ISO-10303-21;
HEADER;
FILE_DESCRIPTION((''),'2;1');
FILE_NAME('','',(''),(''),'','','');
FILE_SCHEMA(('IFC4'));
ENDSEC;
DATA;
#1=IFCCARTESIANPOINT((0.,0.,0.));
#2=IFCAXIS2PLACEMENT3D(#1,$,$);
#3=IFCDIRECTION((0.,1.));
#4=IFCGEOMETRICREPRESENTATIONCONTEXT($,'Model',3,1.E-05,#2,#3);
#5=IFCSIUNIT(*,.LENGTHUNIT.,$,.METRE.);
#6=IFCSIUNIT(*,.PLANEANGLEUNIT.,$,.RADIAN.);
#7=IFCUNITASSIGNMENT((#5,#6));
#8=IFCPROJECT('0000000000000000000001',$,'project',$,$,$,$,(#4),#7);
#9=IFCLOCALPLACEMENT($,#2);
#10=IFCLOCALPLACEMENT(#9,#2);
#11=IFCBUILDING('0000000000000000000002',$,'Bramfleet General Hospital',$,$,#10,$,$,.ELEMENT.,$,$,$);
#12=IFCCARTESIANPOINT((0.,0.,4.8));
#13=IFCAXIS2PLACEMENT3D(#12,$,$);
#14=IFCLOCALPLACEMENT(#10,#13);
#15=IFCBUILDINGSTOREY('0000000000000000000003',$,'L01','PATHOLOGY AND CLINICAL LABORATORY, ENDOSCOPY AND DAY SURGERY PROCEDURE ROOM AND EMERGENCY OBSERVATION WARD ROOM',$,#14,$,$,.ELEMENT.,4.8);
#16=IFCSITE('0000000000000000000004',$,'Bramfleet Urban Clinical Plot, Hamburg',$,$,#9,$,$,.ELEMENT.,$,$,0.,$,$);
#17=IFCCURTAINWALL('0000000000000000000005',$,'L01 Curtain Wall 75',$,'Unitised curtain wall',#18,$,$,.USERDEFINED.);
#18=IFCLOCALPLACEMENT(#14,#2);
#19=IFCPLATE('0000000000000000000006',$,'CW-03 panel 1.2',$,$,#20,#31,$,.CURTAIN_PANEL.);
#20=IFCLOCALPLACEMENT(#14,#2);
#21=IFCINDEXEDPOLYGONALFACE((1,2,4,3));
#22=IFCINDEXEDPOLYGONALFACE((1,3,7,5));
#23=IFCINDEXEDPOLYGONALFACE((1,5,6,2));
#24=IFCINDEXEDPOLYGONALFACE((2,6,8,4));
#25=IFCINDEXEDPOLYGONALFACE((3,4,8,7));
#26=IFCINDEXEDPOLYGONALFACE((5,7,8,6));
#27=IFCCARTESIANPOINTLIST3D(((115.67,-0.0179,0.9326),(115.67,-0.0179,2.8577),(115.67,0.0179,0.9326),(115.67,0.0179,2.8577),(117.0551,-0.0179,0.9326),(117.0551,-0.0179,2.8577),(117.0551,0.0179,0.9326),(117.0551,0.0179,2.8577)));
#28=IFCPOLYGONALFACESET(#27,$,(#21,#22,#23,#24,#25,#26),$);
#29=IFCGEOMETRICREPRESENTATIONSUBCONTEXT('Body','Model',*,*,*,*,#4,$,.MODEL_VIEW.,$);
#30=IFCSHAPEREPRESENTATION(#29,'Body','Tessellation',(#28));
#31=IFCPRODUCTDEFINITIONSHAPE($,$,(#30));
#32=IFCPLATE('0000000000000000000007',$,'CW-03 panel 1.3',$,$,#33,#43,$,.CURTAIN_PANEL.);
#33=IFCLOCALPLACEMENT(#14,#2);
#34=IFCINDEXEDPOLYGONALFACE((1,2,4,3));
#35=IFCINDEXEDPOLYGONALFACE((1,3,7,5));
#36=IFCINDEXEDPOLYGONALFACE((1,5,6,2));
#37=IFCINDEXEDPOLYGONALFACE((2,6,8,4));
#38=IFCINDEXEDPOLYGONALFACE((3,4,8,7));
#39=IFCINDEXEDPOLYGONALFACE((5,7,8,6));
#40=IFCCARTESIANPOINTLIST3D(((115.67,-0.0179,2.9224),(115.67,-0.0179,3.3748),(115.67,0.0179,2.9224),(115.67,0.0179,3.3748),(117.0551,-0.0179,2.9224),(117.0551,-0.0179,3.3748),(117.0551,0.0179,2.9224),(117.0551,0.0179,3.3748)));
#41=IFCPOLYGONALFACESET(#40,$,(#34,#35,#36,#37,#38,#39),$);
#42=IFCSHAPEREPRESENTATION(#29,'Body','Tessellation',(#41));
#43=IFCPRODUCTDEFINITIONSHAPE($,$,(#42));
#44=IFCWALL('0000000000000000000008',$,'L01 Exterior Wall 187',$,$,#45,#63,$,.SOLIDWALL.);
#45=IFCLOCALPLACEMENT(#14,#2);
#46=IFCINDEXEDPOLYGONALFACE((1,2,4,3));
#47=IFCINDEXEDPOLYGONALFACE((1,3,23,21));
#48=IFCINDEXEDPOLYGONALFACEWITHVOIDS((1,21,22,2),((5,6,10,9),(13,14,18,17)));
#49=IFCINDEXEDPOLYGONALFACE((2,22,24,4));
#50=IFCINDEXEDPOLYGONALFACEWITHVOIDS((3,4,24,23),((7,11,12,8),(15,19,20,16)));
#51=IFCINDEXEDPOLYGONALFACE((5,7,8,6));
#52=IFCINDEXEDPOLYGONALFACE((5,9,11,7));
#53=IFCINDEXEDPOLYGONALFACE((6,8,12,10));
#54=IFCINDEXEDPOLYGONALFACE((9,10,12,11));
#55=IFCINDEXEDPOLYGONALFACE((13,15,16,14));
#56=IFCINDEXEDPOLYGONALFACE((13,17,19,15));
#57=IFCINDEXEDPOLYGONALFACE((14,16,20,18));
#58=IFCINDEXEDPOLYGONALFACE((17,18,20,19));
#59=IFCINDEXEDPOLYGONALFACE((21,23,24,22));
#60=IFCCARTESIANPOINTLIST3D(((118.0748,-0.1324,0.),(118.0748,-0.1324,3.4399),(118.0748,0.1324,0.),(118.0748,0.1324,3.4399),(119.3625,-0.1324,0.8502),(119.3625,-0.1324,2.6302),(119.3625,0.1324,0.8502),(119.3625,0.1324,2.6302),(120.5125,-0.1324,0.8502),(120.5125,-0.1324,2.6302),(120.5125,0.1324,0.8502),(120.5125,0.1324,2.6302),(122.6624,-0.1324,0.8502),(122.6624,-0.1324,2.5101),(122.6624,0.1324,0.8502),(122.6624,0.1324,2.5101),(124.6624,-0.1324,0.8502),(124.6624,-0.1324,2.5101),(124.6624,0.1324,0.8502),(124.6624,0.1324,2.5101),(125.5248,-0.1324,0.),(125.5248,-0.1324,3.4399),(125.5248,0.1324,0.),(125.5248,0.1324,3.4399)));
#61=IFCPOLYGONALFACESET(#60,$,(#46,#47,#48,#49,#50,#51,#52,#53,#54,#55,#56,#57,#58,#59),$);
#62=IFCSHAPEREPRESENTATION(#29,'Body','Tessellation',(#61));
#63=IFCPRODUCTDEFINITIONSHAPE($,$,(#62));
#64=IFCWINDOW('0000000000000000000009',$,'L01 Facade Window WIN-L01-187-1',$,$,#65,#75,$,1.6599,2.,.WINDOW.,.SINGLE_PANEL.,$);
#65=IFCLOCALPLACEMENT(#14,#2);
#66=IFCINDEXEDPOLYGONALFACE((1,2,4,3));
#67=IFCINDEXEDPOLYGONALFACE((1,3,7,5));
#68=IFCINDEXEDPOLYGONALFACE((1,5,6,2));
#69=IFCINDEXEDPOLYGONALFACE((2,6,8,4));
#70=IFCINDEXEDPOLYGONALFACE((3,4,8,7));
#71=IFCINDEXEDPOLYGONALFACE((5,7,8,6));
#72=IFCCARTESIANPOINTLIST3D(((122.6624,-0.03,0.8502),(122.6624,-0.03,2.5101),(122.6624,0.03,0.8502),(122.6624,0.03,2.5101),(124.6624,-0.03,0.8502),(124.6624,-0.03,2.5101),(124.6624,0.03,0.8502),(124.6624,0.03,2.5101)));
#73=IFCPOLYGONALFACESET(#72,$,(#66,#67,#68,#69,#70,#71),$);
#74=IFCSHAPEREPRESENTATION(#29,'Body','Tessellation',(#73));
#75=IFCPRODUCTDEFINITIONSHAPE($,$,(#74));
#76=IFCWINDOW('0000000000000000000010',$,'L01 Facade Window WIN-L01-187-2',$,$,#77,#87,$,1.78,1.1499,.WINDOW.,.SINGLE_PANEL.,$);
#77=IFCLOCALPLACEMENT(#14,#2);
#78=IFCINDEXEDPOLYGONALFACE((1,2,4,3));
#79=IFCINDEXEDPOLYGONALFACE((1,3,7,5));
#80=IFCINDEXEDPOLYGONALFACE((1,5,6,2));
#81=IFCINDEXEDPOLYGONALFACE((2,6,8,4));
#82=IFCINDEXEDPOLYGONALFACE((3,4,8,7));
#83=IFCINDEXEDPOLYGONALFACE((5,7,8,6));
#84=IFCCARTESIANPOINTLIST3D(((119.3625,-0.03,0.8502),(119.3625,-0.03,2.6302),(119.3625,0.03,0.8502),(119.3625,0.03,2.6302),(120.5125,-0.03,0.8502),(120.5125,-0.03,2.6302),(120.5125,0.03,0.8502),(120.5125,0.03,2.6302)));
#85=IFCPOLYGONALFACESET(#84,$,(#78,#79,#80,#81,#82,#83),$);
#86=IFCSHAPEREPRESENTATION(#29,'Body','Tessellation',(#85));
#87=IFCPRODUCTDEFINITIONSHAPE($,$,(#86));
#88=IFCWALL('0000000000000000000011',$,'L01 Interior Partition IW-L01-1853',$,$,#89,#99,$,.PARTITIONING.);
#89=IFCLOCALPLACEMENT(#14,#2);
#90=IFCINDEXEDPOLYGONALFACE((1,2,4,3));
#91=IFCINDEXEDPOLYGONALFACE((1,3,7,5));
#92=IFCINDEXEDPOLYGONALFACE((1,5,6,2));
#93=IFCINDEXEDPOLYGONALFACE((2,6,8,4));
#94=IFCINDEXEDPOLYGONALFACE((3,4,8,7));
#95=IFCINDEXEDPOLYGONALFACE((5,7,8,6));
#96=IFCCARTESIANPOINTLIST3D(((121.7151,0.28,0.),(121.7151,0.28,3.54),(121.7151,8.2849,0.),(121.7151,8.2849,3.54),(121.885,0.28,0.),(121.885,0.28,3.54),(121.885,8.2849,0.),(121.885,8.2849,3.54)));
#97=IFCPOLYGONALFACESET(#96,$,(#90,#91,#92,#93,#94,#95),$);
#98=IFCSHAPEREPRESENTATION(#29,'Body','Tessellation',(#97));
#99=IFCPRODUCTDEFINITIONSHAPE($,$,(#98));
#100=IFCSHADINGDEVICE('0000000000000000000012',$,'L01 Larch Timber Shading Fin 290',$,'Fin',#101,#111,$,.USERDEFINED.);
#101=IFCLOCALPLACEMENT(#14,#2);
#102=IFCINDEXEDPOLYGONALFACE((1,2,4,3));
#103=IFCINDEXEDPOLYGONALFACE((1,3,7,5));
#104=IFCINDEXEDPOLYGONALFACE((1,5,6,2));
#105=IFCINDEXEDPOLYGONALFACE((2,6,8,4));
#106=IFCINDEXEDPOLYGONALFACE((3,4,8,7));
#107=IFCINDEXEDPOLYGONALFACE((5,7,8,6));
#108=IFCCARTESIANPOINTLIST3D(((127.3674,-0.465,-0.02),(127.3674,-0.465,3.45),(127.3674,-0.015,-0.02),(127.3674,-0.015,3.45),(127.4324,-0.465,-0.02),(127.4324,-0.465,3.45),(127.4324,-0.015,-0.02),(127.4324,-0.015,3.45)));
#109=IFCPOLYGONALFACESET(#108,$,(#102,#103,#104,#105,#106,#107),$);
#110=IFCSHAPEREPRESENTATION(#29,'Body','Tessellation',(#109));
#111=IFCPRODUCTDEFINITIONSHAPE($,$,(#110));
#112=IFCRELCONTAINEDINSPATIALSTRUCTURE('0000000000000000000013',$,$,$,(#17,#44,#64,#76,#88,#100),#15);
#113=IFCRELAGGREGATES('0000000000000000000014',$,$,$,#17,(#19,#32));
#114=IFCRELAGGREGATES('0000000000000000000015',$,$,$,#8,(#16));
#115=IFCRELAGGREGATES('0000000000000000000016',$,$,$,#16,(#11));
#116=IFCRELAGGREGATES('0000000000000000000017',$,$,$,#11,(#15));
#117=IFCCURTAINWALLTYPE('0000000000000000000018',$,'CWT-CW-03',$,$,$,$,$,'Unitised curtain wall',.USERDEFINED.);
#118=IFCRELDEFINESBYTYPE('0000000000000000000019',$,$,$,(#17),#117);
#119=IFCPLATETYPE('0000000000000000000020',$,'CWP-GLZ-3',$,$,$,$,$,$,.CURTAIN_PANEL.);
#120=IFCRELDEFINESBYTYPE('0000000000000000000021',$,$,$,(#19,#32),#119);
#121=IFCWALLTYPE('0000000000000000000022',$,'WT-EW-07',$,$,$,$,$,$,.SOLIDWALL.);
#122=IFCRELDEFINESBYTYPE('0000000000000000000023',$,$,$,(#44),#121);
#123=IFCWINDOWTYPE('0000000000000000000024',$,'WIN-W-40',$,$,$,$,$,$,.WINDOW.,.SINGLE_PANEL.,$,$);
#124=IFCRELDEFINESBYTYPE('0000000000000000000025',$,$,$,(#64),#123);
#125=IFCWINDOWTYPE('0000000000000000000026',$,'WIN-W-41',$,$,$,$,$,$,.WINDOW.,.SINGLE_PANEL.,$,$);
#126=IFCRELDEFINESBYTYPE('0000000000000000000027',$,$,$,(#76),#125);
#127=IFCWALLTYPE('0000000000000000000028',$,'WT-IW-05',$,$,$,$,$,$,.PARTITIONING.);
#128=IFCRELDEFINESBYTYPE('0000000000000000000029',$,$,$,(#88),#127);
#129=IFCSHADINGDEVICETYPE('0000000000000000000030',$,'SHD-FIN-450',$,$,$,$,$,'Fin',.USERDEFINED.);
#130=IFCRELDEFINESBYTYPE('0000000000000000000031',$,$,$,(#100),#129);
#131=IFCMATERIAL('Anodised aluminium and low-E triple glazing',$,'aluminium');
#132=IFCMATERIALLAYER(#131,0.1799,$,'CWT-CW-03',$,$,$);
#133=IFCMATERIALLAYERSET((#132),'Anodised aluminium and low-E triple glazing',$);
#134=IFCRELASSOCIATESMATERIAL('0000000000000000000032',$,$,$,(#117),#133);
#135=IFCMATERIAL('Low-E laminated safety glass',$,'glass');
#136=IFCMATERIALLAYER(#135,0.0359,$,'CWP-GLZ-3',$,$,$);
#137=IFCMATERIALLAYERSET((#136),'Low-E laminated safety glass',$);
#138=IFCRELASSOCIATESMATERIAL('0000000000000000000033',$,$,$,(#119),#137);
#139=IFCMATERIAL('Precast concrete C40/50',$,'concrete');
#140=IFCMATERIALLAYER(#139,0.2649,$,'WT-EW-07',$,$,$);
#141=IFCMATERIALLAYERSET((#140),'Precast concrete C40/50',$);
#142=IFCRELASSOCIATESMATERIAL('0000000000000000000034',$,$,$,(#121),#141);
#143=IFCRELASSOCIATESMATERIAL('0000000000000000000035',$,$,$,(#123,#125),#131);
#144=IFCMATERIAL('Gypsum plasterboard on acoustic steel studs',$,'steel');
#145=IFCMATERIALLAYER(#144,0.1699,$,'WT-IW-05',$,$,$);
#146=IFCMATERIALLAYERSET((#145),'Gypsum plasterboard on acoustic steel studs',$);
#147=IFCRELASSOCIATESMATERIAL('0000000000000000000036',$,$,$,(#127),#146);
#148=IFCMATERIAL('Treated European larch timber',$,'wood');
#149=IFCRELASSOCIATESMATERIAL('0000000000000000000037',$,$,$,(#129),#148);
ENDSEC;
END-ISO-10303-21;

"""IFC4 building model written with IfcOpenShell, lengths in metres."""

from ifc_helpers import new_model, si_unit, direction, frame, frame_2d, origin, origin_2d, place, context, subcontext, project, spatial, rectangle, extrude, material, layer, layer_set, material_profile, profile_set, type_object, element, fill, aggregate, save


model = new_model("IFC4")

# Units and contexts
model_context = context("Model", 3, precision=1e-05, world=origin(), true_north=direction((0.0, 1.0)))
body_context = subcontext(model_context, "Body", "Model", "MODEL_VIEW")
ifc_project = project(units=[si_unit("LENGTHUNIT", "METRE"), si_unit("PLANEANGLEUNIT", "RADIAN")], contexts=[model_context])

# Site, building, storey
site_placement = place(None, origin())
site = spatial("IfcSite", under=ifc_project, at=site_placement, Name="Bramfleet Urban Clinical Plot, Hamburg", CompositionType="ELEMENT", RefElevation=0.0)
building_placement = place(site_placement, origin())
building = spatial("IfcBuilding", under=site, at=building_placement, Name="Bramfleet General Hospital", CompositionType="ELEMENT")
storey_placement = place(building_placement, frame((0.0, 0.0, 4.8)))
storey = spatial("IfcBuildingStorey", under=building, at=storey_placement, Name="L01", Description="PATHOLOGY AND CLINICAL LABORATORY, ENDOSCOPY AND DAY SURGERY PROCEDURE ROOM AND EMERGENCY OBSERVATION WARD ROOM", CompositionType="ELEMENT", Elevation=4.8)

# Shared definitions
ifc_material_1 = material(Name="Anodised aluminium and low-E triple glazing", Category="aluminium")

# Curtain wall
ifc_layer_1 = layer(ifc_material_1, 0.1799, Name="CWT-CW-03")
ifc_layer_set_1 = layer_set([ifc_layer_1], Name="Anodised aluminium and low-E triple glazing")
curtain_wall_type_1 = type_object("IfcCurtainWallType", Name="CWT-CW-03", ElementType="Unitised curtain wall", PredefinedType="USERDEFINED", material=ifc_layer_set_1)
curtain_wall_1_placement = place(storey_placement, origin())
curtain_wall_1 = element("IfcCurtainWall", 1, at=curtain_wall_1_placement, inside=storey, type_object=curtain_wall_type_1, Name="L01 Curtain Wall 75", ObjectType="Unitised curtain wall", PredefinedType="USERDEFINED")

# Plates
ifc_material_2 = material(Name="Low-E laminated safety glass", Category="glass")
ifc_layer_2 = layer(ifc_material_2, 0.0359, Name="CWP-GLZ-3")
ifc_layer_set_2 = layer_set([ifc_layer_2], Name="Low-E laminated safety glass")
plate_type_1 = type_object("IfcPlateType", Name="CWP-GLZ-3", PredefinedType="CURTAIN_PANEL", material=ifc_layer_set_2)
plate_1_placement = place(storey_placement, frame((116.3625, 0.0, 0.9326), z_axis=(0.0, 0.0, 1.0), x_axis=(-1.0, 0.0, 0.0)))
plate_1 = element("IfcPlate", 2, at=plate_1_placement, type_object=plate_type_1, Name="CW-03 panel 1.2", PredefinedType="CURTAIN_PANEL", context=body_context, shape_type="SweptSolid", body=[
    extrude(rectangle(XDim=1.385, YDim=0.0359, at=origin_2d()), origin(), (0.0, 0.0, 1.0), 1.925),
])
plate_2_placement = place(storey_placement, frame((116.3625, 0.0, 2.9224), z_axis=(0.0, 0.0, 1.0), x_axis=(-1.0, 0.0, 0.0)))
plate_2 = element("IfcPlate", 3, at=plate_2_placement, type_object=plate_type_1, Name="CW-03 panel 1.3", PredefinedType="CURTAIN_PANEL", context=body_context, shape_type="SweptSolid", body=[
    extrude(rectangle(XDim=1.385, YDim=0.0359, at=origin_2d()), origin(), (0.0, 0.0, 1.0), 0.4524),
])
aggregate(curtain_wall_1, [plate_1, plate_2])

# Wall, openings, windows
ifc_material_3 = material(Name="Precast concrete C40/50", Category="concrete")
ifc_layer_3 = layer(ifc_material_3, 0.2649, Name="WT-EW-07")
ifc_layer_set_3 = layer_set([ifc_layer_3], Name="Precast concrete C40/50")
wall_type_1 = type_object("IfcWallType", Name="WT-EW-07", PredefinedType="SOLIDWALL", material=ifc_layer_set_3)
wall_1_placement = place(storey_placement, frame((125.5249, 0.0, 0.0), z_axis=(0.0, 0.0, 1.0), x_axis=(-1.0, 0.0, 0.0)))
wall_1 = element("IfcWall", 4, at=wall_1_placement, inside=storey, type_object=wall_type_1, Name="L01 Exterior Wall 187", PredefinedType="SOLIDWALL", context=body_context, shape_type="SweptSolid", body=[
    extrude(rectangle(XDim=7.45, YDim=0.2649, at=frame_2d((3.7251, 0.0))), origin(), (0.0, 0.0, 1.0), 3.4399),
])
opening_1_placement = place(wall_1_placement, frame((0.8625, 0.0, 0.8501)))
opening_1 = element("IfcOpeningElement", 5, at=opening_1_placement, cuts=wall_1, PredefinedType="OPENING", context=body_context, shape_type="SweptSolid", body=[
    extrude(rectangle(XDim=2.0, YDim=1.6599, at=frame_2d((1.0, 0.8301))), frame((0.0, 0.1423, 0.0), z_axis=(0.0, -1.0, 0.0), x_axis=(1.0, 0.0, 0.0)), (0.0, 0.0, 1.0), 0.2849),
])
opening_2_placement = place(wall_1_placement, frame((5.0125, 0.0, 0.8501)))
opening_2 = element("IfcOpeningElement", 6, at=opening_2_placement, cuts=wall_1, PredefinedType="OPENING", context=body_context, shape_type="SweptSolid", body=[
    extrude(rectangle(XDim=1.1499, YDim=1.78, at=frame_2d((0.575, 0.8901))), frame((0.0, 0.1423, 0.0), z_axis=(0.0, -1.0, 0.0), x_axis=(1.0, 0.0, 0.0)), (0.0, 0.0, 1.0), 0.2849),
])
window_type_1 = type_object("IfcWindowType", Name="WIN-W-40", PartitioningType="SINGLE_PANEL", PredefinedType="WINDOW", material=ifc_material_1)
window_1_placement = place(opening_1_placement, origin())
window_1 = element("IfcWindow", 7, at=window_1_placement, inside=storey, type_object=window_type_1, Name="L01 Facade Window WIN-L01-187-1", OverallHeight=1.6599, OverallWidth=2.0, PartitioningType="SINGLE_PANEL", PredefinedType="WINDOW", context=body_context, shape_type="SweptSolid", body=[
    extrude(rectangle(XDim=2.0, YDim=1.6599, at=frame_2d((1.0, 0.8301))), frame((0.0, 0.03, 0.0), z_axis=(0.0, -1.0, 0.0), x_axis=(1.0, 0.0, 0.0)), (0.0, 0.0, 1.0), 0.0601),
])
fill(opening_1, window_1)
window_type_2 = type_object("IfcWindowType", Name="WIN-W-41", PartitioningType="SINGLE_PANEL", PredefinedType="WINDOW", material=ifc_material_1)
window_2_placement = place(opening_2_placement, origin())
window_2 = element("IfcWindow", 8, at=window_2_placement, inside=storey, type_object=window_type_2, Name="L01 Facade Window WIN-L01-187-2", OverallHeight=1.78, OverallWidth=1.1499, PartitioningType="SINGLE_PANEL", PredefinedType="WINDOW", context=body_context, shape_type="SweptSolid", body=[
    extrude(rectangle(XDim=1.1499, YDim=1.78, at=frame_2d((0.575, 0.8901))), frame((0.0, 0.03, 0.0), z_axis=(0.0, -1.0, 0.0), x_axis=(1.0, 0.0, 0.0)), (0.0, 0.0, 1.0), 0.0601),
])
fill(opening_2, window_2)

# Wall
ifc_material_4 = material(Name="Gypsum plasterboard on acoustic steel studs", Category="steel")
ifc_layer_4 = layer(ifc_material_4, 0.1699, Name="WT-IW-05")
ifc_layer_set_4 = layer_set([ifc_layer_4], Name="Gypsum plasterboard on acoustic steel studs")
wall_type_2 = type_object("IfcWallType", Name="WT-IW-05", PredefinedType="PARTITIONING", material=ifc_layer_set_4)
wall_2_placement = place(storey_placement, frame((121.8, 0.28, 0.0), z_axis=(0.0, 0.0, 1.0), x_axis=(0.0, 1.0, 0.0)))
element("IfcWall", 9, at=wall_2_placement, inside=storey, type_object=wall_type_2, Name="L01 Interior Partition IW-L01-1853", PredefinedType="PARTITIONING", context=body_context, shape_type="SweptSolid", body=[
    extrude(rectangle(XDim=8.0049, YDim=0.1699, at=frame_2d((4.0024, 0.0))), origin(), (0.0, 0.0, 1.0), 3.54),
])

# Shading device
ifc_material_5 = material(Name="Treated European larch timber", Category="wood")
ifc_material_profile_1 = material_profile(ifc_material_5, rectangle(XDim=0.0649, YDim=0.45, at=origin_2d()), Name="LARCH FIN 450x65")
ifc_profile_set_1 = profile_set([ifc_material_profile_1], Name="Treated European larch timber")
shading_device_type = type_object("IfcShadingDeviceType", Name="SHD-FIN-450", ElementType="Fin", PredefinedType="USERDEFINED", material=ifc_profile_set_1)
shading_device_placement = place(storey_placement, frame((127.3999, -0.24, -0.02), z_axis=(0.0, 0.0, 1.0), x_axis=(-1.0, 0.0, 0.0)))
element("IfcShadingDevice", 10, at=shading_device_placement, inside=storey, type_object=shading_device_type, Name="L01 Larch Timber Shading Fin 290", ObjectType="Fin", PredefinedType="USERDEFINED", context=body_context, shape_type="SweptSolid", body=[
    extrude(rectangle(XDim=0.0649, YDim=0.45, at=origin_2d()), origin(), (0.0, 0.0, 1.0), 3.47),
])

save(model, "model.ifc")
